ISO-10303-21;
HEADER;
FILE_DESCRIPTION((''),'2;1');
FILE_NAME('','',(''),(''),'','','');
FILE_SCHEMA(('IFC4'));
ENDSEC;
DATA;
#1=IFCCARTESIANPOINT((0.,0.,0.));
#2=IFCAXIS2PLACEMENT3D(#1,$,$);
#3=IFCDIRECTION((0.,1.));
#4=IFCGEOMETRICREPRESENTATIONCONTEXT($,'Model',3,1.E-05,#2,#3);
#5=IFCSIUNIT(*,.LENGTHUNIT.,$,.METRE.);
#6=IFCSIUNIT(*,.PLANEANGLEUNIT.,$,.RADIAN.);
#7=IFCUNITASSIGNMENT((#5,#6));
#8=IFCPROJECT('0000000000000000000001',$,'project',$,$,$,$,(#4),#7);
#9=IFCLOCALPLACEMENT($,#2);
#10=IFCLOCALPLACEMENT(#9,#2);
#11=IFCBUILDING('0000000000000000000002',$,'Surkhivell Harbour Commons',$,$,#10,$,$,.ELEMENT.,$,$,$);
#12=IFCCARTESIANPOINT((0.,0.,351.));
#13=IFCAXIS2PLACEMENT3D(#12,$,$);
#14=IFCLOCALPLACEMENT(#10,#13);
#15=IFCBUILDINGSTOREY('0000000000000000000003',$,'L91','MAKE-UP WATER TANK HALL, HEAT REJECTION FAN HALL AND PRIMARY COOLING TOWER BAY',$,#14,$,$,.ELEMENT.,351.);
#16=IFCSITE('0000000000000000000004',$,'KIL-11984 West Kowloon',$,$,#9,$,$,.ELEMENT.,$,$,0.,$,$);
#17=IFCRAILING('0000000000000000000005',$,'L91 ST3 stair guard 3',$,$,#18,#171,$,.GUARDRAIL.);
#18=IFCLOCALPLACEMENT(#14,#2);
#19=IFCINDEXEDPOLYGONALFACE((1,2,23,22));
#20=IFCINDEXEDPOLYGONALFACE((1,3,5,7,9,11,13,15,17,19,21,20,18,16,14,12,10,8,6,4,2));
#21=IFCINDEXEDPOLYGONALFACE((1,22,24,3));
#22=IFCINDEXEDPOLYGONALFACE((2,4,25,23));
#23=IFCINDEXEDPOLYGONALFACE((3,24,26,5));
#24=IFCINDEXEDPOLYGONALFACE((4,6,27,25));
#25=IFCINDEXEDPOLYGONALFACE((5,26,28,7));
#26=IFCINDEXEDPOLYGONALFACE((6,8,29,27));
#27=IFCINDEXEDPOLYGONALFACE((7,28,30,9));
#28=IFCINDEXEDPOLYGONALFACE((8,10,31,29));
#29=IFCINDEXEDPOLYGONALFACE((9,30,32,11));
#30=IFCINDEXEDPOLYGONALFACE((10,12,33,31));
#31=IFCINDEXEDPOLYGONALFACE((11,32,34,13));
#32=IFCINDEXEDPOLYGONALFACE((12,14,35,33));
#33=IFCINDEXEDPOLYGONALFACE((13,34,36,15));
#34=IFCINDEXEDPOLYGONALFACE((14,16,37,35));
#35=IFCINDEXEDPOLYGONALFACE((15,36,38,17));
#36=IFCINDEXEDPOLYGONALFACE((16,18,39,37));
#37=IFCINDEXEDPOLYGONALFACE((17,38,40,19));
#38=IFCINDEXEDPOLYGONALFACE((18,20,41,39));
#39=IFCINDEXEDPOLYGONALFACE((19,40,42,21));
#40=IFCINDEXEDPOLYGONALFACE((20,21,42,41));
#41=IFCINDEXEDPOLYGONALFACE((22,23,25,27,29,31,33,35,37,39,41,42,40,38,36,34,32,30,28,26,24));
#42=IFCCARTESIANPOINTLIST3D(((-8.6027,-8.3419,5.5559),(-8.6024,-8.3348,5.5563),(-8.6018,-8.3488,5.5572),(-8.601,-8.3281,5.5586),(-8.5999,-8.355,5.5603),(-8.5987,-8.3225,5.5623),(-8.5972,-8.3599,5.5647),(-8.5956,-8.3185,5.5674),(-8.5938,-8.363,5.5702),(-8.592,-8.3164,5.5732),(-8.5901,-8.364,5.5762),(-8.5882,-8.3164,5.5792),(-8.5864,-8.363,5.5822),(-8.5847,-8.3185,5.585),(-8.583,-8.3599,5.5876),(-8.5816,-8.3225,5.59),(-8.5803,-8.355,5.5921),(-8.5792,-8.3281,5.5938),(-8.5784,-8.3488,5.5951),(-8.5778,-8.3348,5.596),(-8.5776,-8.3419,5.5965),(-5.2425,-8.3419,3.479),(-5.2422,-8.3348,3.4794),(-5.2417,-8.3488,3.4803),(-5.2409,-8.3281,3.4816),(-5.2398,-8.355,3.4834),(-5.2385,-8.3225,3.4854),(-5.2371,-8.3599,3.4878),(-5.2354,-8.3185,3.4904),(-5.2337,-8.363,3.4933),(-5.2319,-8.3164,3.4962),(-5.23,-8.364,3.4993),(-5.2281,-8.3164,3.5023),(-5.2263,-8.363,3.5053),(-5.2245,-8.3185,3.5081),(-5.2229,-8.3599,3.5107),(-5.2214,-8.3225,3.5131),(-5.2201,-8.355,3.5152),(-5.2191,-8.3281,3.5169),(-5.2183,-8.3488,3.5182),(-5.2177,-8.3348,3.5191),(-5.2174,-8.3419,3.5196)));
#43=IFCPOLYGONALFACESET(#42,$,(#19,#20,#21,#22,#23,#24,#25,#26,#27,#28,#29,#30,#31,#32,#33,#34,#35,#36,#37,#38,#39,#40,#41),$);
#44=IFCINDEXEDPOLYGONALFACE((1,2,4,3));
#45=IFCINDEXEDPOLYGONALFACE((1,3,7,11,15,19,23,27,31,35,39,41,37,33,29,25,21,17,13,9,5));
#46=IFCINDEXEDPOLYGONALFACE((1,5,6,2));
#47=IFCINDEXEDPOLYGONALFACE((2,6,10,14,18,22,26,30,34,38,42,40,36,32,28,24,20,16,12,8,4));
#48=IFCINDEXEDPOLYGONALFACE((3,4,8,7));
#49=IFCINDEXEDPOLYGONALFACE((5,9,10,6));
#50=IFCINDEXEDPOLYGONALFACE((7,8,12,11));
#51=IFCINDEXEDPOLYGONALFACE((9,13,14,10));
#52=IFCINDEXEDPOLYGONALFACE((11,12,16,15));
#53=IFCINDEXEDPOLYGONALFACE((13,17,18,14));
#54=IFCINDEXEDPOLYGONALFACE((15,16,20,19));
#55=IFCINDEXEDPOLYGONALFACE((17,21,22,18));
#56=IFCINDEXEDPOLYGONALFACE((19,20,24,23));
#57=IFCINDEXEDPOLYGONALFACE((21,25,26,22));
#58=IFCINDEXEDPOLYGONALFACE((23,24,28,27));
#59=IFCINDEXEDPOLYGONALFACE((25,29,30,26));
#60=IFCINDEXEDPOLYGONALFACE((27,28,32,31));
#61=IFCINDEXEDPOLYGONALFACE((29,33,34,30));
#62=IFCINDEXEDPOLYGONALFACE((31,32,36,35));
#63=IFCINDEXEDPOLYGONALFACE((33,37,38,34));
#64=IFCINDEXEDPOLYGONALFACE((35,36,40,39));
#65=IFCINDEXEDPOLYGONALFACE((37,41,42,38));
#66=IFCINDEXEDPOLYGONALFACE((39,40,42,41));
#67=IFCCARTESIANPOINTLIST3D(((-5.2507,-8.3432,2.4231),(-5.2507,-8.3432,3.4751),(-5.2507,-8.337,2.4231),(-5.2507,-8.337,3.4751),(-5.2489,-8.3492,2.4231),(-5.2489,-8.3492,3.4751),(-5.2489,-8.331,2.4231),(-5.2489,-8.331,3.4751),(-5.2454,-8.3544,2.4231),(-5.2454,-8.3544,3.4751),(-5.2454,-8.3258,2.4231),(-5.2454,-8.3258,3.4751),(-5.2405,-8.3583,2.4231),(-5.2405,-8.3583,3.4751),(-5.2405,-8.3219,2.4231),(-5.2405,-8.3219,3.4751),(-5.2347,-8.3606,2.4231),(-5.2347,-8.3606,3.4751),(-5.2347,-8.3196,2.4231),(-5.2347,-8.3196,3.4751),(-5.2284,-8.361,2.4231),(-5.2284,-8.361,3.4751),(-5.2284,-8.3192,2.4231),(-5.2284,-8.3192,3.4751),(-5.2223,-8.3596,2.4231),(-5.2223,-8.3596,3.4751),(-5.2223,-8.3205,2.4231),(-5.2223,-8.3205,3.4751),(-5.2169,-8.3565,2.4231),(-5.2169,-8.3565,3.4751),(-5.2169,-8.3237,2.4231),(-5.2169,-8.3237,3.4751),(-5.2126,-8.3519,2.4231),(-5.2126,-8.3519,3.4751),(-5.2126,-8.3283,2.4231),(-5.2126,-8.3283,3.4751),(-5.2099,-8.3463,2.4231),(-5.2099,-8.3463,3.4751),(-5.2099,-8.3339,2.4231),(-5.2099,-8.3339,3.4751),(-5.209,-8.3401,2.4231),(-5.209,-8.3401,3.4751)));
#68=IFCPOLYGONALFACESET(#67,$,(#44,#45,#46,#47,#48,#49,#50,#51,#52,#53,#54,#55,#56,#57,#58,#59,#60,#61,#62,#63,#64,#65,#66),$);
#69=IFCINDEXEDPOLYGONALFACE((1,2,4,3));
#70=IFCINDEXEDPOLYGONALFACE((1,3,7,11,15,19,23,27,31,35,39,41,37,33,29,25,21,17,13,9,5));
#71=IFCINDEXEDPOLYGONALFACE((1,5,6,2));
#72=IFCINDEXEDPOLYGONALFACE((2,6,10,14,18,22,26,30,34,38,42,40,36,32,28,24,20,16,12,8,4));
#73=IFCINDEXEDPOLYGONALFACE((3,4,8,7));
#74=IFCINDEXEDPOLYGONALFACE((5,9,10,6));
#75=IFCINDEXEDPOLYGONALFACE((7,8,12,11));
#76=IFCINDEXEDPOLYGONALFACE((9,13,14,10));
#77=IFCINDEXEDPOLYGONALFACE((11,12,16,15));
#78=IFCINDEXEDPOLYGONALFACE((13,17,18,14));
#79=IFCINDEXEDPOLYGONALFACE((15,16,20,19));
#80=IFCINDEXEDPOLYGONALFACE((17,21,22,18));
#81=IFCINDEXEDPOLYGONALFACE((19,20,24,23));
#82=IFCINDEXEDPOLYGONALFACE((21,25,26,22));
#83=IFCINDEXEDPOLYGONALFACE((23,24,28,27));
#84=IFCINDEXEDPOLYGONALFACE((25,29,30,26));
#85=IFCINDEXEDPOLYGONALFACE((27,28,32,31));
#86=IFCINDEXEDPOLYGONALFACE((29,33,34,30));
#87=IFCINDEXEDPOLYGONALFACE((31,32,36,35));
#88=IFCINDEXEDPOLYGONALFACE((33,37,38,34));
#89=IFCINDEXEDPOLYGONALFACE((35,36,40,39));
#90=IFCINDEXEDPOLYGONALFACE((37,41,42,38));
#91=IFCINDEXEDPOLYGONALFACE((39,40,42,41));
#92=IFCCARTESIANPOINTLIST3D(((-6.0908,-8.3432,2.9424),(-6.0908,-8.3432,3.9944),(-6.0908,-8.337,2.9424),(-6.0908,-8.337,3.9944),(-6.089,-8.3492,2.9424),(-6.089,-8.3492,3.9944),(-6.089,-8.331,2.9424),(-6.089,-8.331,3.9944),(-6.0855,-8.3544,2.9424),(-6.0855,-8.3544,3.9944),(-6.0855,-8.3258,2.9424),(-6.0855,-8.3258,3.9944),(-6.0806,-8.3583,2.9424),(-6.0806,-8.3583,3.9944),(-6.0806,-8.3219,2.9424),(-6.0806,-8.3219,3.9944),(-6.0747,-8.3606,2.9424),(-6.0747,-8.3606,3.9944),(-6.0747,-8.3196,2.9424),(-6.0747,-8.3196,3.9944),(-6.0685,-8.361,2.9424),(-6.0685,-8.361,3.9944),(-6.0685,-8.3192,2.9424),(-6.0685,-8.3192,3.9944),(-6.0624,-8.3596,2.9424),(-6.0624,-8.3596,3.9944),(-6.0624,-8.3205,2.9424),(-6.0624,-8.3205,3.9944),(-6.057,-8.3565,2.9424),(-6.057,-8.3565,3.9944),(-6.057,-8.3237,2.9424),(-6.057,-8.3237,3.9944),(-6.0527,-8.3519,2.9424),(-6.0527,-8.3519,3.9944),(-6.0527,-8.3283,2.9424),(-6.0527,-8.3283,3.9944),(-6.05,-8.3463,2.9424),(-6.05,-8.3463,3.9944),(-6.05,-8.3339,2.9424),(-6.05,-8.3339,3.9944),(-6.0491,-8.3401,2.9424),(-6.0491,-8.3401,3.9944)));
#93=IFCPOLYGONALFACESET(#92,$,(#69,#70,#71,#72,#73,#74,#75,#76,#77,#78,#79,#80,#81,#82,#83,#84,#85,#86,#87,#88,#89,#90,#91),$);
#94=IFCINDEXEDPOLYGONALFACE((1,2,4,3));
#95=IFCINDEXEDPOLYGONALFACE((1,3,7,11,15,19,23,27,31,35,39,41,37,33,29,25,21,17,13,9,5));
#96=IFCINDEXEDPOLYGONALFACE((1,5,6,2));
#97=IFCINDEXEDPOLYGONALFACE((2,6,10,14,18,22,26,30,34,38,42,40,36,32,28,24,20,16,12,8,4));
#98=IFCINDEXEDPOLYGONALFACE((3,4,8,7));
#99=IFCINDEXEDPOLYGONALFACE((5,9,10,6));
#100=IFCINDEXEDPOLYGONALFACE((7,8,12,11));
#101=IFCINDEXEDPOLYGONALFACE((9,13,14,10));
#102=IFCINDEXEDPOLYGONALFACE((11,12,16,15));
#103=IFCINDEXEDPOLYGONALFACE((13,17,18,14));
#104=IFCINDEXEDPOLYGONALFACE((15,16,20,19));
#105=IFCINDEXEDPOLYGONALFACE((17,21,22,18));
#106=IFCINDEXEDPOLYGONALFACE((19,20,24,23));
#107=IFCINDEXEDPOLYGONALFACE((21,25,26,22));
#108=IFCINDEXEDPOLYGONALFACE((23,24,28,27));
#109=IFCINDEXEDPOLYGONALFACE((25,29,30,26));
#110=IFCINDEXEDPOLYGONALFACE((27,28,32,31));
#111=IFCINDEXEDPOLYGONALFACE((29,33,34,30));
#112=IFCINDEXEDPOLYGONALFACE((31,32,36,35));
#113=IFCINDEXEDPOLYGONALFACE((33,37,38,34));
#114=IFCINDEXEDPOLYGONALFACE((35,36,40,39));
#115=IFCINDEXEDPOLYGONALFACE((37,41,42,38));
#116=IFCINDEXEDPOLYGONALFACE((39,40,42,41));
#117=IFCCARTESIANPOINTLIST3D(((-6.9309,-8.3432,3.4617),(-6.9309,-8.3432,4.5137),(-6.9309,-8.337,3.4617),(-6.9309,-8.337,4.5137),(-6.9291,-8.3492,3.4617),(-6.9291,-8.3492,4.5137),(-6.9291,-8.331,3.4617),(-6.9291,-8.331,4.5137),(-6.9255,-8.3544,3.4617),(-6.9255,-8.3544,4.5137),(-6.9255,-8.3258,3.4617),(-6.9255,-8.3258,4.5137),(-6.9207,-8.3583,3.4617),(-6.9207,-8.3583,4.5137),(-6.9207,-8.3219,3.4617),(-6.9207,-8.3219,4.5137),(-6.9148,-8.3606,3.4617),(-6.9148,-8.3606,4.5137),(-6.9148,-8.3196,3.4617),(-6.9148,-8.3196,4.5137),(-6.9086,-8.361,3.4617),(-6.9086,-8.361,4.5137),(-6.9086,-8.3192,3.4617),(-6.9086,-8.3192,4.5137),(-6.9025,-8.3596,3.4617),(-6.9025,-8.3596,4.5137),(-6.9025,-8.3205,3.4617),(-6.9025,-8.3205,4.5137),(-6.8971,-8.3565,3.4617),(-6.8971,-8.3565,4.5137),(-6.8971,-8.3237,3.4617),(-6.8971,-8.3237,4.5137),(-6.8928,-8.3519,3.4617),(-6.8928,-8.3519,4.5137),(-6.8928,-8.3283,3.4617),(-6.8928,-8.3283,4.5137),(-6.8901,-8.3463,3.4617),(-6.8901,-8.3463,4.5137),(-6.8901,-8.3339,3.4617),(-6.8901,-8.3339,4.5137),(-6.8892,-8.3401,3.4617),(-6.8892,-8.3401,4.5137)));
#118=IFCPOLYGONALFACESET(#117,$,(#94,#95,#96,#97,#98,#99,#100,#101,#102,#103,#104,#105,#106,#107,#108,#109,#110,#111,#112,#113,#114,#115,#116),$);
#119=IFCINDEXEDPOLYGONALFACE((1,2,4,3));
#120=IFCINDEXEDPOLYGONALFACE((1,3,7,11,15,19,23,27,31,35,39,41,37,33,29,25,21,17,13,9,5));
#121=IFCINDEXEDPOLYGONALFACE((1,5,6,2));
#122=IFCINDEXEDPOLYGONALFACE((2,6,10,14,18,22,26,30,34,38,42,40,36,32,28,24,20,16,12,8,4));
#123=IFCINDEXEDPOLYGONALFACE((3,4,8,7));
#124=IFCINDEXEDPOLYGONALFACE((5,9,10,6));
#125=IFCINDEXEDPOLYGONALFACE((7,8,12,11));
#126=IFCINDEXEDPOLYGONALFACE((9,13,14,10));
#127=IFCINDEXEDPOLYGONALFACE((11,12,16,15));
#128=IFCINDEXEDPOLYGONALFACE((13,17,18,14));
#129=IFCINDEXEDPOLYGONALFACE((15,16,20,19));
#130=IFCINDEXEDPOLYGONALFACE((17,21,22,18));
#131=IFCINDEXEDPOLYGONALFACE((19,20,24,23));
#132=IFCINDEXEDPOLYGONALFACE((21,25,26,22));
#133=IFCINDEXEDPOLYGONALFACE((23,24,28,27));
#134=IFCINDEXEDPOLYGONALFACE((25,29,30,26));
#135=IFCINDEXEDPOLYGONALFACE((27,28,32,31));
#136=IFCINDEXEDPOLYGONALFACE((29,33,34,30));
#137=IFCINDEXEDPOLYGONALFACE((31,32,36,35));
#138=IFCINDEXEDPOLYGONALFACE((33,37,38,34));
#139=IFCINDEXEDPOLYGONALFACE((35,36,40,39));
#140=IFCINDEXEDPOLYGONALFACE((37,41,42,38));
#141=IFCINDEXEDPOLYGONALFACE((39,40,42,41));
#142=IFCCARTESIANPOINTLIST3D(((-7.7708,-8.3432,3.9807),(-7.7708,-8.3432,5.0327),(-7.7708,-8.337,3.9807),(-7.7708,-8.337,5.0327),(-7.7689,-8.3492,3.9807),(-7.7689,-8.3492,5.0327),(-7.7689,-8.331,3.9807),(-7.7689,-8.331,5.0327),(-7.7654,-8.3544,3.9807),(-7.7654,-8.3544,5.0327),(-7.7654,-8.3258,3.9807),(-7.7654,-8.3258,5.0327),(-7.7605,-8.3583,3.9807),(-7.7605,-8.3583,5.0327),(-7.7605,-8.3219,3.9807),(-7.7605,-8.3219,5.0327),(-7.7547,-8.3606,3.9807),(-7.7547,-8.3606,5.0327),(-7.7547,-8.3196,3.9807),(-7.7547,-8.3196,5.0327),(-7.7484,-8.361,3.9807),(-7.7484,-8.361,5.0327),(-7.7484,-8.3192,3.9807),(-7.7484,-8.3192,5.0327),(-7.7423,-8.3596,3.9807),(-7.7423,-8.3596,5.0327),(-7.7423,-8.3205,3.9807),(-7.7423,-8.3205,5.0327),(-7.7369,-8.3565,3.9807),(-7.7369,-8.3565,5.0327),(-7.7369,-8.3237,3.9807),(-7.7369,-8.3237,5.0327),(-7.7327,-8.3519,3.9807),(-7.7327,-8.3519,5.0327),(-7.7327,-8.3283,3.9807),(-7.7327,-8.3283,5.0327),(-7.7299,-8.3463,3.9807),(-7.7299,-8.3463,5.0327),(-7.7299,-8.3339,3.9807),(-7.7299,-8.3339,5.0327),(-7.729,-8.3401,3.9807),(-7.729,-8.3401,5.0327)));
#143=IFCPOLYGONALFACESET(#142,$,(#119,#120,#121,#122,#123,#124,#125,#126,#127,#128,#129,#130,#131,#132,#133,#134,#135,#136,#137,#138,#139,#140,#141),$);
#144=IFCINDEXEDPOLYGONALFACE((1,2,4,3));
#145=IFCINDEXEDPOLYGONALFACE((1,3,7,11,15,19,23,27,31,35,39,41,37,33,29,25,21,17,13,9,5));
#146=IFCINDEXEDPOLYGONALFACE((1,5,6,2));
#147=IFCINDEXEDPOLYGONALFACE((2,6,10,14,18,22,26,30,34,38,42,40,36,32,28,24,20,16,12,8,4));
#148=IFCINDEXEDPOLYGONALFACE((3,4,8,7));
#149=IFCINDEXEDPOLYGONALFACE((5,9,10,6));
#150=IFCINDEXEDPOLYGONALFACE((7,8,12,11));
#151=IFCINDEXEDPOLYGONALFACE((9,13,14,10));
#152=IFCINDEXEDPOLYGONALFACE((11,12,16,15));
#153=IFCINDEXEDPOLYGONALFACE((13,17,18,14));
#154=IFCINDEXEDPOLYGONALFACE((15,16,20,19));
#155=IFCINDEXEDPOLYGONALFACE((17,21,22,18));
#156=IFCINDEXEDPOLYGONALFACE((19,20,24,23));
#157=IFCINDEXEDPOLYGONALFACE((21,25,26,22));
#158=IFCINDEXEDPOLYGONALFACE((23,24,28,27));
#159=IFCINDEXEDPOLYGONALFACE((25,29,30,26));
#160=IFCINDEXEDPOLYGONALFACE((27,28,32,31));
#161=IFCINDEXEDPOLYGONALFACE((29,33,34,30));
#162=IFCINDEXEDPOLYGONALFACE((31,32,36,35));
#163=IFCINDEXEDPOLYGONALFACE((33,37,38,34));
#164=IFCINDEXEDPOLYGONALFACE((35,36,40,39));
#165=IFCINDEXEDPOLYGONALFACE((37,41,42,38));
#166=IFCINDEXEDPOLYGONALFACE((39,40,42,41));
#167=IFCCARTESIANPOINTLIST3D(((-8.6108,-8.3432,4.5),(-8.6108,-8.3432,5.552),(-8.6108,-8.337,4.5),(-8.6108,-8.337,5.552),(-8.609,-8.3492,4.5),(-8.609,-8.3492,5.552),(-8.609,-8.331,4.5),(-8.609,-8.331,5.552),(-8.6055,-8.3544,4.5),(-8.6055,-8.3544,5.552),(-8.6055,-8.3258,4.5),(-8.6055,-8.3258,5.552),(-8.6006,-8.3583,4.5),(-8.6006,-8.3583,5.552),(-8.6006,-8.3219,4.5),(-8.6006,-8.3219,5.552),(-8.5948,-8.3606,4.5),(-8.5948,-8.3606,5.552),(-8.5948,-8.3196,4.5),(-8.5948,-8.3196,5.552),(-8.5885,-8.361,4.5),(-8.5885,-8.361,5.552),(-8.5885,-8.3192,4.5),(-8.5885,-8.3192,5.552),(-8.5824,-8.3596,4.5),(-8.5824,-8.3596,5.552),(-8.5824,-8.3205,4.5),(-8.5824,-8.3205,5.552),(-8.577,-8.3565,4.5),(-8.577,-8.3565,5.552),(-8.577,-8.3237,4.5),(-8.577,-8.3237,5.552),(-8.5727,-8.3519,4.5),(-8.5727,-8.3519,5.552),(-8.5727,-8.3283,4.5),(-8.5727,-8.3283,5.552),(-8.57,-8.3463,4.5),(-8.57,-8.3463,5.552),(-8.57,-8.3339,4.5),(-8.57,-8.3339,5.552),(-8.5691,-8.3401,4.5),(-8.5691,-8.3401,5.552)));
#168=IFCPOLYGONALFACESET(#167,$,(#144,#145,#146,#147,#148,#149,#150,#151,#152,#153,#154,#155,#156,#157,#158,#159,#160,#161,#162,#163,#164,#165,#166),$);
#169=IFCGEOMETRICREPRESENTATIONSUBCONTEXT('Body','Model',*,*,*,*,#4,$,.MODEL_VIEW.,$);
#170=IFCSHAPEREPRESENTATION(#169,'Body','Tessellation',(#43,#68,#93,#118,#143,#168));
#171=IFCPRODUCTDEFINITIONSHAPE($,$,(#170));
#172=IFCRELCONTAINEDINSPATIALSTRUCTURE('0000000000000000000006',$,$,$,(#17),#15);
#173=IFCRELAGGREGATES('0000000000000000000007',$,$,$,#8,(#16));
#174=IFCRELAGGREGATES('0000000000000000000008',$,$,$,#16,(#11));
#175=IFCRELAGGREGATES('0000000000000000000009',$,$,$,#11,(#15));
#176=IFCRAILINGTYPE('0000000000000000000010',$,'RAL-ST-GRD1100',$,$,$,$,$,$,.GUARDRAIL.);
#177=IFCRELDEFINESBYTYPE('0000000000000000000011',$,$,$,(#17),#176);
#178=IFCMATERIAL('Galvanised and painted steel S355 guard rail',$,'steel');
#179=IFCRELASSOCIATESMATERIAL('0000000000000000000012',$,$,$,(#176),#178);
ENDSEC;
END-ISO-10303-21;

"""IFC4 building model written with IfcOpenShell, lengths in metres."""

from ifc_helpers import new_model, si_unit, direction, frame, origin, origin_2d, place, context, subcontext, project, spatial, circle, extrude, material, type_object, element, save


model = new_model("IFC4")

# Units and contexts
model_context = context("Model", 3, precision=1e-05, world=origin(), true_north=direction((0.0, 1.0)))
body_context = subcontext(model_context, "Body", "Model", "MODEL_VIEW")
ifc_project = project(units=[si_unit("LENGTHUNIT", "METRE"), si_unit("PLANEANGLEUNIT", "RADIAN")], contexts=[model_context])

# Site, building, storey
site_placement = place(None, origin())
site = spatial("IfcSite", under=ifc_project, at=site_placement, Name="KIL-11984 West Kowloon", CompositionType="ELEMENT", RefElevation=0.0)
building_placement = place(site_placement, origin())
building = spatial("IfcBuilding", under=site, at=building_placement, Name="Surkhivell Harbour Commons", CompositionType="ELEMENT")
storey_placement = place(building_placement, frame((0.0, 0.0, 351.0)))
storey = spatial("IfcBuildingStorey", under=building, at=storey_placement, Name="L91", Description="MAKE-UP WATER TANK HALL, HEAT REJECTION FAN HALL AND PRIMARY COOLING TOWER BAY", CompositionType="ELEMENT", Elevation=351.0)

# Railing
ifc_material_1 = material(Name="Galvanised and painted steel S355 guard rail", Category="steel")
railing_type_1 = type_object("IfcRailingType", Name="RAL-ST-GRD1100", PredefinedType="GUARDRAIL", material=ifc_material_1)
railing_1_placement = place(storey_placement, frame((-5.23, -8.3401, 2.4231)))
element("IfcRailing", 1, at=railing_1_placement, inside=storey, type_object=railing_type_1, Name="L91 ST3 stair guard 3", PredefinedType="GUARDRAIL", context=body_context, shape_type="SweptSolid", body=[
    extrude(circle(Radius=0.0239, at=origin_2d()), frame((0.0, 0.0, 1.0762), z_axis=(-0.850623, 0.0, 0.525776), x_axis=(0.0, -1.0, 0.0)), (0.0, 0.0, 1.0), 3.9502),
    extrude(circle(Radius=0.021, at=origin_2d()), origin(), (0.0, 0.0, 1.0), 1.052),
    extrude(circle(Radius=0.021, at=origin_2d()), frame((-0.8401, 0.0, 0.5193)), (0.0, 0.0, 1.0), 1.052),
    extrude(circle(Radius=0.021, at=origin_2d()), frame((-1.6802, 0.0, 1.0386)), (0.0, 0.0, 1.0), 1.052),
    extrude(circle(Radius=0.021, at=origin_2d()), frame((-2.52, 0.0, 1.5576)), (0.0, 0.0, 1.0), 1.052),
    extrude(circle(Radius=0.021, at=origin_2d()), frame((-3.3601, 0.0, 2.0769)), (0.0, 0.0, 1.0), 1.052),
])

save(model, "model.ifc")
